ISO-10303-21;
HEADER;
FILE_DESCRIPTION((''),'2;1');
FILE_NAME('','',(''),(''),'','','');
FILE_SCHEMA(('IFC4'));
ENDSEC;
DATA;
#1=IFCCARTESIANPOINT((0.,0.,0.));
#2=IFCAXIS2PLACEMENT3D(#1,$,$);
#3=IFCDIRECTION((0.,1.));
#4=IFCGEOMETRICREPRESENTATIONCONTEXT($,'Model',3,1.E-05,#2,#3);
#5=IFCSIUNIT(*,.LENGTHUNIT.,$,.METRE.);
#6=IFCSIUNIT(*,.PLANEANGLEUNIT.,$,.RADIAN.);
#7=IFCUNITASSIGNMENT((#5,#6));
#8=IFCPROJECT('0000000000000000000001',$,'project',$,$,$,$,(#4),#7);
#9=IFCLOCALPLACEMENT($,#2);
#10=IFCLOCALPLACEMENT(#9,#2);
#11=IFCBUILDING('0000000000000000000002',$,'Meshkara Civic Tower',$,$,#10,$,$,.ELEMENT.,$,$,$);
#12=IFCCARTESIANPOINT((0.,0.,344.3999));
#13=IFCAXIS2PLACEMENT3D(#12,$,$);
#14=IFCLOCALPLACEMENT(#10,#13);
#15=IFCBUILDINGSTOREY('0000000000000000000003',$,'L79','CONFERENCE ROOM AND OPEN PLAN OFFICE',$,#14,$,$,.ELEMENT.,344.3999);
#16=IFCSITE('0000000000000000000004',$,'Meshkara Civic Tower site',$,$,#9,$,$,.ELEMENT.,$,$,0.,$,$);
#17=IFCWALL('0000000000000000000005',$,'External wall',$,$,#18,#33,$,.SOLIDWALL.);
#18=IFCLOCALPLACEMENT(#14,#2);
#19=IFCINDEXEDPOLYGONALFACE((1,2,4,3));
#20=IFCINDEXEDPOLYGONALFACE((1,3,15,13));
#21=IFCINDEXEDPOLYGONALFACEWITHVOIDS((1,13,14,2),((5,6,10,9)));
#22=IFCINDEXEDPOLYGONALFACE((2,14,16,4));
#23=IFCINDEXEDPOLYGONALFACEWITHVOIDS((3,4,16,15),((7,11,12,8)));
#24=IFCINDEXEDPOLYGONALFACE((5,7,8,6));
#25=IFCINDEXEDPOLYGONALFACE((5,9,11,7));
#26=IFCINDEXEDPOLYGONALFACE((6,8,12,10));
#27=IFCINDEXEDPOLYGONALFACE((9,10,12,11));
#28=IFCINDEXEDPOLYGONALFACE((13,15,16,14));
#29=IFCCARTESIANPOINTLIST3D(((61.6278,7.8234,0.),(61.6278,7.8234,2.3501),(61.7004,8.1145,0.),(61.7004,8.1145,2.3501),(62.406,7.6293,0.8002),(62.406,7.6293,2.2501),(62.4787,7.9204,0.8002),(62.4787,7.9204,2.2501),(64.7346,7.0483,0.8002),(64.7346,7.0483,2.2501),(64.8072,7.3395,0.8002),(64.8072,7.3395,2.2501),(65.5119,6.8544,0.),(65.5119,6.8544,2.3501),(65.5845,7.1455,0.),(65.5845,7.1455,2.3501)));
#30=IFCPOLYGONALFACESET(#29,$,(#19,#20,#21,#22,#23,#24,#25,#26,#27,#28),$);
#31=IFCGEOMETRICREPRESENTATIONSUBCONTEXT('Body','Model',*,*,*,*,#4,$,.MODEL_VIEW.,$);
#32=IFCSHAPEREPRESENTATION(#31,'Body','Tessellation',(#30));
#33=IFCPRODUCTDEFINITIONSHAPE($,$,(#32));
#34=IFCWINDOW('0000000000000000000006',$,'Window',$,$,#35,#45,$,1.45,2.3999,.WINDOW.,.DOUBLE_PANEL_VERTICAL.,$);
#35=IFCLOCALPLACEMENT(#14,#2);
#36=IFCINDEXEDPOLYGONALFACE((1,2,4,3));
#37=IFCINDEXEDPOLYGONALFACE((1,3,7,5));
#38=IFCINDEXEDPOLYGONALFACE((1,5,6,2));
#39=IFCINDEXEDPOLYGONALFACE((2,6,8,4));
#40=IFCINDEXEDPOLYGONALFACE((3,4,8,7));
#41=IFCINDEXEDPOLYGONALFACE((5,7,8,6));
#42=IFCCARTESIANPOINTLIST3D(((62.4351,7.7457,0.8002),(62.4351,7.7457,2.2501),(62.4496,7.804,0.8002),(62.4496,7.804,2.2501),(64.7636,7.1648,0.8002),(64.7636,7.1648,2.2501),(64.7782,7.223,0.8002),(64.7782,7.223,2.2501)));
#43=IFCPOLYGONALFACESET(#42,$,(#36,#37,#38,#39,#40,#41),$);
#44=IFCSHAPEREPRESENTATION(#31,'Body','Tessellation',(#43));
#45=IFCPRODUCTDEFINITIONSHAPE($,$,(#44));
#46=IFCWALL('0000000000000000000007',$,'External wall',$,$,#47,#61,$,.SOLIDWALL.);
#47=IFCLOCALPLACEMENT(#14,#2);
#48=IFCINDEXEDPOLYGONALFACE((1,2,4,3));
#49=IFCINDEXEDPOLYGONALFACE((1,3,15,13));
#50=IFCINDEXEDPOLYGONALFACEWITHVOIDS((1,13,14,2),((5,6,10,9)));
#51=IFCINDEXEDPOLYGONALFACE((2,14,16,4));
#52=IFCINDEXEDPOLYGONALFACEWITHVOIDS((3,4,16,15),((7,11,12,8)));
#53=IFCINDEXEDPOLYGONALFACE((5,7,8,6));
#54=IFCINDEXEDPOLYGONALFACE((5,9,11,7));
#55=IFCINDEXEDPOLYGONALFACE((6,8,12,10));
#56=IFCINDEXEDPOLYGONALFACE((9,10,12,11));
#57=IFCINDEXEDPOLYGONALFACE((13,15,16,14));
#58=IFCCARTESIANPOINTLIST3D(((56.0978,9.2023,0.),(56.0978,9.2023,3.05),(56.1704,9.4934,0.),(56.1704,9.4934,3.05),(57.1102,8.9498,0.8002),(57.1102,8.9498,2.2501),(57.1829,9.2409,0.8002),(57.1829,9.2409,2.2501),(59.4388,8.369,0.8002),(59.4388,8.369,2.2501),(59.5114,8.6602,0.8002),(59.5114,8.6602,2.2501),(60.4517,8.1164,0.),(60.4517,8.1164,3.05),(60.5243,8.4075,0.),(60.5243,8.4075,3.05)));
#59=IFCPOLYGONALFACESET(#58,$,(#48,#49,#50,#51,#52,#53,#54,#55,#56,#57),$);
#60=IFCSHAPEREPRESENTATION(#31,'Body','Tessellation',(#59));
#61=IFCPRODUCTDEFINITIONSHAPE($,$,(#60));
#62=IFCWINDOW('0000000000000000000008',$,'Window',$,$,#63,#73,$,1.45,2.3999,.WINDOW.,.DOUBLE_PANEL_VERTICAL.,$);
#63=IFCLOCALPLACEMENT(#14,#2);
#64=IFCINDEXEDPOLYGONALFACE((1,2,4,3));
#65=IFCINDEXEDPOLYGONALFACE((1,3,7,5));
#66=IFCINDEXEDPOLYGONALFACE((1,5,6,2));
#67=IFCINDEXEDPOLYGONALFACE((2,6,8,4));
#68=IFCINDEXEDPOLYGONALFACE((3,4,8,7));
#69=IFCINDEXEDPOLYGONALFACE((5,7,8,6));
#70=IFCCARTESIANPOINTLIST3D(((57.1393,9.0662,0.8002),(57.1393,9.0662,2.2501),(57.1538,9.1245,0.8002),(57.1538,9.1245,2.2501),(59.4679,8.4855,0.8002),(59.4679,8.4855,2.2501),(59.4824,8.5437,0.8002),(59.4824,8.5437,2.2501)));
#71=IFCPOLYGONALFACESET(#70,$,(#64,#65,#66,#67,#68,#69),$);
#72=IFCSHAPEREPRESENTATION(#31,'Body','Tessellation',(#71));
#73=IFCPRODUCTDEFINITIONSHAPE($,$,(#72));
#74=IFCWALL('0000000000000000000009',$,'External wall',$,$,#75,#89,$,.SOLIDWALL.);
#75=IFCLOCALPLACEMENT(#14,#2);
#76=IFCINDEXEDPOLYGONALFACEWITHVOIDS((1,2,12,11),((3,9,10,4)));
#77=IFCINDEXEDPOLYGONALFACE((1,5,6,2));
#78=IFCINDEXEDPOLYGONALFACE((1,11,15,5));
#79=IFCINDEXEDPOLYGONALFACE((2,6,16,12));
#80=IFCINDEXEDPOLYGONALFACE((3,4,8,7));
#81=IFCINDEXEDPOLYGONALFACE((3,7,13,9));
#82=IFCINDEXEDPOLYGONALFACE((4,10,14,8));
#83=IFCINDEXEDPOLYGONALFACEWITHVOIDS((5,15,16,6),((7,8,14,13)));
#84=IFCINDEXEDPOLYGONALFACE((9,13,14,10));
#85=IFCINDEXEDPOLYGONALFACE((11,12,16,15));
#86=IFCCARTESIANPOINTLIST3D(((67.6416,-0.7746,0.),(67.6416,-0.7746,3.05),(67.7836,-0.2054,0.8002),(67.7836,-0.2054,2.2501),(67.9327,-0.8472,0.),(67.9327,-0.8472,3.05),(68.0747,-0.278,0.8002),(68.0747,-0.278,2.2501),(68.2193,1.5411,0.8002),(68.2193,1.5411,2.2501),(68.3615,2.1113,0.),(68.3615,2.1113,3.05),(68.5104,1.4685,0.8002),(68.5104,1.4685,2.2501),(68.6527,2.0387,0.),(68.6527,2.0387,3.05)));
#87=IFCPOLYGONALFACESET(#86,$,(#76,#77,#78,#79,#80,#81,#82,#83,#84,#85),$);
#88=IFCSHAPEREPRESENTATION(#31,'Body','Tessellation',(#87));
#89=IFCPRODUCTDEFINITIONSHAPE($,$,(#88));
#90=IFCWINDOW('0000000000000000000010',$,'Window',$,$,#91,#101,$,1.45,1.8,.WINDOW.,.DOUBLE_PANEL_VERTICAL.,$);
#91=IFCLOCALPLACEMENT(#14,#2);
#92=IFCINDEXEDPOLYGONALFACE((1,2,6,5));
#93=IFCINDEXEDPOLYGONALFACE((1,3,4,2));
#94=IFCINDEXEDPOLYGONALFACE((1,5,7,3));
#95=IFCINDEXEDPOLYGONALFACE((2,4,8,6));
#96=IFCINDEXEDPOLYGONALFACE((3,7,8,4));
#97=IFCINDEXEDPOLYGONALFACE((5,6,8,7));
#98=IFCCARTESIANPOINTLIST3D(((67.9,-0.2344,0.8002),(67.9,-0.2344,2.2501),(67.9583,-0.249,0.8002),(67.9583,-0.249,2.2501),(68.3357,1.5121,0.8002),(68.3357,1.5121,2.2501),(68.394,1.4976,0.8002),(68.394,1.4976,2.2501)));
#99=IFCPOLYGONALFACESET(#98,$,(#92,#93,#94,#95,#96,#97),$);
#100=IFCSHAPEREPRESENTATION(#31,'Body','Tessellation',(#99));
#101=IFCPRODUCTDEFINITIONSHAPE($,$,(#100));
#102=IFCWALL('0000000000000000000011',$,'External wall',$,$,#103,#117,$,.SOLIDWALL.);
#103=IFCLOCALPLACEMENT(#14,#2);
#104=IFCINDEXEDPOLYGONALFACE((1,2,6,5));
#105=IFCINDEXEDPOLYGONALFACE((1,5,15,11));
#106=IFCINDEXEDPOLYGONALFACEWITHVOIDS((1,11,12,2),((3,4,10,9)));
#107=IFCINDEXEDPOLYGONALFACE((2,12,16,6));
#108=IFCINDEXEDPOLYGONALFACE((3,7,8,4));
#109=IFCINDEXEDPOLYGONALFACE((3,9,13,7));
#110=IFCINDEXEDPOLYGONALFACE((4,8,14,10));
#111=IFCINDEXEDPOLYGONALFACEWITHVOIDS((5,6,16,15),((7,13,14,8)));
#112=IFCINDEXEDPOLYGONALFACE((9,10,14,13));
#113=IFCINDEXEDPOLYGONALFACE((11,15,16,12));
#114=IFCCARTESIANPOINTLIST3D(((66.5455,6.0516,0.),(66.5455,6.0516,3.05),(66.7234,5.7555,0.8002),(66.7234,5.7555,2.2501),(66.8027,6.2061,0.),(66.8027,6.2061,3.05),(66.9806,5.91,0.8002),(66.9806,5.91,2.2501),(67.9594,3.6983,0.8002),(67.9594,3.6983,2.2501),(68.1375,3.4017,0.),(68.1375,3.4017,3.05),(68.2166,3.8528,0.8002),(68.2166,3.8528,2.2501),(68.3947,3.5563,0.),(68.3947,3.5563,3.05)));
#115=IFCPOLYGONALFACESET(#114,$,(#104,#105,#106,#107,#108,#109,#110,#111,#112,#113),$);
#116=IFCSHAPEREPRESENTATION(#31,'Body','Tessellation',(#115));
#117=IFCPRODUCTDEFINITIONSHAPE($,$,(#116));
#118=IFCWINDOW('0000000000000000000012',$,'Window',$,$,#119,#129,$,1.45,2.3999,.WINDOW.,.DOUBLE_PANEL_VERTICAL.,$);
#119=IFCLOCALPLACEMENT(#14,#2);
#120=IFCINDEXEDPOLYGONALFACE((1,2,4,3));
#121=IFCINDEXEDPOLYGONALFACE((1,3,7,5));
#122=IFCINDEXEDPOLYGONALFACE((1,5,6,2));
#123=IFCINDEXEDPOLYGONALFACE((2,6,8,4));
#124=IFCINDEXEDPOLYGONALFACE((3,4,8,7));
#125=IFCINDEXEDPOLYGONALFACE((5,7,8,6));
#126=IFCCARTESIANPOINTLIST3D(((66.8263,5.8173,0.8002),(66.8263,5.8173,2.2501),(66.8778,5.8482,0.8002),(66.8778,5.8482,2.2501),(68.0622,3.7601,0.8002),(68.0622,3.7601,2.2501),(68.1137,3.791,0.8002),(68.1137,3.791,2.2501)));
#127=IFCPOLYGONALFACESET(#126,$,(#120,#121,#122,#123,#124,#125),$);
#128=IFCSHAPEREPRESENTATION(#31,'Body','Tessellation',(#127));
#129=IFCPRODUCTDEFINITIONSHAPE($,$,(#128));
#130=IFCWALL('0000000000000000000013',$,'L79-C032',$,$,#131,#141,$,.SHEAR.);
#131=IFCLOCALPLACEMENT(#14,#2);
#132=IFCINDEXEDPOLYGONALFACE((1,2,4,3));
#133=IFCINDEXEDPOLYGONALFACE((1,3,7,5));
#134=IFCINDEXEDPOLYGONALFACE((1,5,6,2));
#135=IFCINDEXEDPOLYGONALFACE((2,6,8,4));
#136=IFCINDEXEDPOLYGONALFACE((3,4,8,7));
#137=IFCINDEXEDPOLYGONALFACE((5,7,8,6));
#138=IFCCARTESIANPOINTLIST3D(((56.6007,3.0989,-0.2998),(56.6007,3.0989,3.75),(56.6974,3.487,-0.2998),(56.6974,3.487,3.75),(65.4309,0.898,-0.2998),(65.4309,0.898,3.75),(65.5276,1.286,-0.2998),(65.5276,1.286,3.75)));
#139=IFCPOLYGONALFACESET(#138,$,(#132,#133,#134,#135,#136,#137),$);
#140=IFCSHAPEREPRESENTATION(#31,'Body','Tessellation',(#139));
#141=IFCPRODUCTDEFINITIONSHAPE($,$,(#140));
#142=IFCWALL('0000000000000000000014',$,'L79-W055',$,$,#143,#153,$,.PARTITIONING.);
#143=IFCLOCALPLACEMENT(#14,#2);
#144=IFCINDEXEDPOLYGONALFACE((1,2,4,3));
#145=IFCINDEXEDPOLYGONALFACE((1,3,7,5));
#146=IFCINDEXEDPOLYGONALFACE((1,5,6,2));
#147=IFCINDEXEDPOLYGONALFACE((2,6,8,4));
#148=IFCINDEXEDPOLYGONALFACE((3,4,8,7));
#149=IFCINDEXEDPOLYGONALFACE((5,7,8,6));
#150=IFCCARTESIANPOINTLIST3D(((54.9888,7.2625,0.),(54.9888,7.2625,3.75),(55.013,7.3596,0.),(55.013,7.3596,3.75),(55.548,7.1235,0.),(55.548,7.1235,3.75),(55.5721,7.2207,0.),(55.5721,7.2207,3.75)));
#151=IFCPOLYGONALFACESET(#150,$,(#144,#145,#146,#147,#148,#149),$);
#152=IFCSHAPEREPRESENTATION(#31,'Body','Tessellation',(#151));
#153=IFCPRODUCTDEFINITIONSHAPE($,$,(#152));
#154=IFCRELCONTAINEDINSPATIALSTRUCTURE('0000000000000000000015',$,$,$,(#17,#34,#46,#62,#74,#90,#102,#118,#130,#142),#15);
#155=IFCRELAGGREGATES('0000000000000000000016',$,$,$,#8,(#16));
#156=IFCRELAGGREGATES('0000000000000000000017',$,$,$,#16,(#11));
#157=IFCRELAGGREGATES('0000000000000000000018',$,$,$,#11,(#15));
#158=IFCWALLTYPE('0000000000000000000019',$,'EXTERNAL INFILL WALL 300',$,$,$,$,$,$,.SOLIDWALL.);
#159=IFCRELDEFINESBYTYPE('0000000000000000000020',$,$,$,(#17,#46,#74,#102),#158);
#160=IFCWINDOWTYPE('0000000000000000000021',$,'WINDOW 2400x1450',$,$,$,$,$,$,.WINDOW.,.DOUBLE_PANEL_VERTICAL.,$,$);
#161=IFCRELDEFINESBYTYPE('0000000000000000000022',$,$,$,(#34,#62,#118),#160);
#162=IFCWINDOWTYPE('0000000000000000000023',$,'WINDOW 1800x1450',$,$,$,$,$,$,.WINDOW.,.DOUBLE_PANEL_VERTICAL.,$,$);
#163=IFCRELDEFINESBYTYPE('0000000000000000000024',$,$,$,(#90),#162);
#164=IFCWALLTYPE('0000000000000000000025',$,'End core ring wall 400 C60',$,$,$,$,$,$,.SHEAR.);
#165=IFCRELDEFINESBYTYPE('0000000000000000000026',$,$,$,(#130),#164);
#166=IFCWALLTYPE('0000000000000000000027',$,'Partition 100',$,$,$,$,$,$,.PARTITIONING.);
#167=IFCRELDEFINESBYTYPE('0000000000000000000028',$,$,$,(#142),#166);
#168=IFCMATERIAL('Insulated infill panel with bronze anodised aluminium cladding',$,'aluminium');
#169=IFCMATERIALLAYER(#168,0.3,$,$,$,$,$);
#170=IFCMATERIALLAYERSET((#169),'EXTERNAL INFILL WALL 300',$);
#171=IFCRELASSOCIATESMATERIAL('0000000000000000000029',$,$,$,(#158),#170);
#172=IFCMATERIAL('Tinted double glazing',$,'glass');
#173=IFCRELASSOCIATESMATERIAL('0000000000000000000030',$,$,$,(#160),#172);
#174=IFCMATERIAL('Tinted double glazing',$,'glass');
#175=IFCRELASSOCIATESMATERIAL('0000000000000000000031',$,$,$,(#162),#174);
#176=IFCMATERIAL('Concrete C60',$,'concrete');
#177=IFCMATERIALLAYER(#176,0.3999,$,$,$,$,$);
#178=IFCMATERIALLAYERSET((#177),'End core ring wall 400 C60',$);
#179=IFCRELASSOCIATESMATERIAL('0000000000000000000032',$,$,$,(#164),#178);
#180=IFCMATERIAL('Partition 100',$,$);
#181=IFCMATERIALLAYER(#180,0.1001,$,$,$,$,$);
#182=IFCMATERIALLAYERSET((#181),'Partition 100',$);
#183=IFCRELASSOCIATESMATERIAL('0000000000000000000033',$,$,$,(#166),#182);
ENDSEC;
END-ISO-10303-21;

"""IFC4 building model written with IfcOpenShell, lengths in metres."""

from ifc_helpers import new_model, si_unit, direction, frame, frame_2d, origin, place, context, subcontext, project, spatial, rectangle, extrude, material, layer, layer_set, type_object, element, fill, save


model = new_model("IFC4")

# Units and contexts
model_context = context("Model", 3, precision=1e-05, world=origin(), true_north=direction((0.0, 1.0)))
body_context = subcontext(model_context, "Body", "Model", "MODEL_VIEW")
ifc_project = project(units=[si_unit("LENGTHUNIT", "METRE"), si_unit("PLANEANGLEUNIT", "RADIAN")], contexts=[model_context])

# Site, building, storey
site_placement = place(None, origin())
site = spatial("IfcSite", under=ifc_project, at=site_placement, Name="Meshkara Civic Tower site", CompositionType="ELEMENT", RefElevation=0.0)
building_placement = place(site_placement, origin())
building = spatial("IfcBuilding", under=site, at=building_placement, Name="Meshkara Civic Tower", CompositionType="ELEMENT")
storey_placement = place(building_placement, frame((0.0, 0.0, 344.3999)))
storey = spatial("IfcBuildingStorey", under=building, at=storey_placement, Name="L79", Description="CONFERENCE ROOM AND OPEN PLAN OFFICE", CompositionType="ELEMENT", Elevation=344.3999)

# Walls, openings, windows
ifc_material_1 = material(Name="Insulated infill panel with bronze anodised aluminium cladding", Category="aluminium")
ifc_layer_1 = layer(ifc_material_1, 0.3)
ifc_layer_set_1 = layer_set([ifc_layer_1], Name="EXTERNAL INFILL WALL 300")
wall_type_1 = type_object("IfcWallType", Name="EXTERNAL INFILL WALL 300", PredefinedType="SOLIDWALL", material=ifc_layer_set_1)
wall_1_placement = place(storey_placement, frame((65.5481, 7.0, 0.0), z_axis=(0.0, 0.0, 1.0), x_axis=(-0.970261, 0.242062, 0.0)))
wall_1 = element("IfcWall", 1, at=wall_1_placement, inside=storey, type_object=wall_type_1, Name="External wall", PredefinedType="SOLIDWALL", context=body_context, shape_type="SweptSolid", body=[
    extrude(rectangle(XDim=4.0032, YDim=0.3, at=frame_2d((2.0015, 0.0))), origin(), (0.0, 0.0, 1.0), 2.3501),
])
opening_1_placement = place(wall_1_placement, frame((0.801, 0.0, 0.8)))
opening_1 = element("IfcOpeningElement", 2, at=opening_1_placement, cuts=wall_1, PredefinedType="OPENING", context=body_context, shape_type="SweptSolid", body=[
    extrude(rectangle(XDim=2.3999, YDim=1.45, at=frame_2d((1.2, 0.7251))), frame((0.0, 0.1599, 0.0), z_axis=(0.0, -1.0, 0.0), x_axis=(1.0, 0.0, 0.0)), (0.0, 0.0, 1.0), 0.3201),
])
ifc_material_2 = material(Name="Tinted double glazing", Category="glass")
window_type_1 = type_object("IfcWindowType", Name="WINDOW 2400x1450", PartitioningType="DOUBLE_PANEL_VERTICAL", PredefinedType="WINDOW", material=ifc_material_2)
window_1_placement = place(opening_1_placement, origin())
window_1 = element("IfcWindow", 3, at=window_1_placement, inside=storey, type_object=window_type_1, Name="Window", OverallHeight=1.45, OverallWidth=2.3999, PartitioningType="DOUBLE_PANEL_VERTICAL", PredefinedType="WINDOW", context=body_context, shape_type="SweptSolid", body=[
    extrude(rectangle(XDim=2.3999, YDim=1.45, at=frame_2d((1.2, 0.7251))), frame((0.0, 0.03, 0.0), z_axis=(0.0, -1.0, 0.0), x_axis=(1.0, 0.0, 0.0)), (0.0, 0.0, 1.0), 0.0601),
])
fill(opening_1, window_1)
wall_2_placement = place(storey_placement, frame((60.488, 8.262, 0.0), z_axis=(0.0, 0.0, 1.0), x_axis=(-0.970277, 0.241998, 0.0)))
wall_2 = element("IfcWall", 4, at=wall_2_placement, inside=storey, type_object=wall_type_1, Name="External wall", PredefinedType="SOLIDWALL", context=body_context, shape_type="SweptSolid", body=[
    extrude(rectangle(XDim=4.4873, YDim=0.3, at=frame_2d((2.2437, 0.0))), origin(), (0.0, 0.0, 1.0), 3.05),
])
opening_2_placement = place(wall_2_placement, frame((1.0439, 0.0, 0.8)))
opening_2 = element("IfcOpeningElement", 5, at=opening_2_placement, cuts=wall_2, PredefinedType="OPENING", context=body_context, shape_type="SweptSolid", body=[
    extrude(rectangle(XDim=2.3999, YDim=1.45, at=frame_2d((1.2, 0.7251))), frame((0.0, 0.1599, 0.0), z_axis=(0.0, -1.0, 0.0), x_axis=(1.0, 0.0, 0.0)), (0.0, 0.0, 1.0), 0.3201),
])
window_2_placement = place(opening_2_placement, origin())
window_2 = element("IfcWindow", 6, at=window_2_placement, inside=storey, type_object=window_type_1, Name="Window", OverallHeight=1.45, OverallWidth=2.3999, PartitioningType="DOUBLE_PANEL_VERTICAL", PredefinedType="WINDOW", context=body_context, shape_type="SweptSolid", body=[
    extrude(rectangle(XDim=2.3999, YDim=1.45, at=frame_2d((1.2, 0.7251))), frame((0.0, 0.03, 0.0), z_axis=(0.0, -1.0, 0.0), x_axis=(1.0, 0.0, 0.0)), (0.0, 0.0, 1.0), 0.0601),
])
fill(opening_2, window_2)
wall_3_placement = place(storey_placement, frame((67.7871, -0.811, 0.0), z_axis=(0.0, 0.0, 1.0), x_axis=(0.242053, 0.970263, 0.0)))
wall_3 = element("IfcWall", 7, at=wall_3_placement, inside=storey, type_object=wall_type_1, Name="External wall", PredefinedType="SOLIDWALL", context=body_context, shape_type="SweptSolid", body=[
    extrude(rectangle(XDim=2.9744, YDim=0.3, at=frame_2d((1.4873, 0.0))), origin(), (0.0, 0.0, 1.0), 3.05),
])
opening_3_placement = place(wall_3_placement, frame((0.5869, 0.0, 0.8)))
opening_3 = element("IfcOpeningElement", 8, at=opening_3_placement, cuts=wall_3, PredefinedType="OPENING", context=body_context, shape_type="SweptSolid", body=[
    extrude(rectangle(XDim=1.8, YDim=1.45, at=frame_2d((0.8999, 0.7251))), frame((0.0, 0.1599, 0.0), z_axis=(0.0, -1.0, 0.0), x_axis=(1.0, 0.0, 0.0)), (0.0, 0.0, 1.0), 0.3201),
])
ifc_material_3 = material(Name="Tinted double glazing", Category="glass")
window_type_2 = type_object("IfcWindowType", Name="WINDOW 1800x1450", PartitioningType="DOUBLE_PANEL_VERTICAL", PredefinedType="WINDOW", material=ifc_material_3)
window_3_placement = place(opening_3_placement, origin())
window_3 = element("IfcWindow", 9, at=window_3_placement, inside=storey, type_object=window_type_2, Name="Window", OverallHeight=1.45, OverallWidth=1.8, PartitioningType="DOUBLE_PANEL_VERTICAL", PredefinedType="WINDOW", context=body_context, shape_type="SweptSolid", body=[
    extrude(rectangle(XDim=1.8, YDim=1.45, at=frame_2d((0.8999, 0.7251))), frame((0.0, 0.03, 0.0), z_axis=(0.0, -1.0, 0.0), x_axis=(1.0, 0.0, 0.0)), (0.0, 0.0, 1.0), 0.0601),
])
fill(opening_3, window_3)
wall_4_placement = place(storey_placement, frame((68.2661, 3.479, 0.0), z_axis=(0.0, 0.0, 1.0), x_axis=(-0.514995, 0.857193, 0.0)))
wall_4 = element("IfcWall", 10, at=wall_4_placement, inside=storey, type_object=wall_type_1, Name="External wall", PredefinedType="SOLIDWALL", context=body_context, shape_type="SweptSolid", body=[
    extrude(rectangle(XDim=3.0913, YDim=0.3, at=frame_2d((1.5457, 0.0))), origin(), (0.0, 0.0, 1.0), 3.05),
])
opening_4_placement = place(wall_4_placement, frame((0.3459, 0.0, 0.8)))
opening_4 = element("IfcOpeningElement", 11, at=opening_4_placement, cuts=wall_4, PredefinedType="OPENING", context=body_context, shape_type="SweptSolid", body=[
    extrude(rectangle(XDim=2.3999, YDim=1.45, at=frame_2d((1.2, 0.7251))), frame((0.0, 0.1599, 0.0), z_axis=(0.0, -1.0, 0.0), x_axis=(1.0, 0.0, 0.0)), (0.0, 0.0, 1.0), 0.3201),
])
window_4_placement = place(opening_4_placement, origin())
window_4 = element("IfcWindow", 12, at=window_4_placement, inside=storey, type_object=window_type_1, Name="Window", OverallHeight=1.45, OverallWidth=2.3999, PartitioningType="DOUBLE_PANEL_VERTICAL", PredefinedType="WINDOW", context=body_context, shape_type="SweptSolid", body=[
    extrude(rectangle(XDim=2.3999, YDim=1.45, at=frame_2d((1.2, 0.7251))), frame((0.0, 0.03, 0.0), z_axis=(0.0, -1.0, 0.0), x_axis=(1.0, 0.0, 0.0)), (0.0, 0.0, 1.0), 0.0601),
])
fill(opening_4, window_4)

# Walls
ifc_material_4 = material(Name="Concrete C60", Category="concrete")
ifc_layer_2 = layer(ifc_material_4, 0.3999)
ifc_layer_set_2 = layer_set([ifc_layer_2], Name="End core ring wall 400 C60")
wall_type_2 = type_object("IfcWallType", Name="End core ring wall 400 C60", PredefinedType="SHEAR", material=ifc_layer_set_2)
wall_5_placement = place(storey_placement, frame((56.6489, 3.293, -0.2998), z_axis=(0.0, 0.0, 1.0), x_axis=(0.970313, -0.241854, 0.0)))
element("IfcWall", 13, at=wall_5_placement, inside=storey, type_object=wall_type_2, Name="L79-C032", PredefinedType="SHEAR", context=body_context, shape_type="SweptSolid", body=[
    extrude(rectangle(XDim=9.1003, YDim=0.3999, at=frame_2d((4.5503, 0.0))), origin(), (0.0, 0.0, 1.0), 4.0498),
])
ifc_material_5 = material(Name="Partition 100")
ifc_layer_3 = layer(ifc_material_5, 0.1001)
ifc_layer_set_3 = layer_set([ifc_layer_3], Name="Partition 100")
wall_type_3 = type_object("IfcWallType", Name="Partition 100", PredefinedType="PARTITIONING", material=ifc_layer_set_3)
wall_6_placement = place(storey_placement, frame((55.5601, 7.1721, 0.0), z_axis=(0.0, 0.0, 1.0), x_axis=(-0.970491, 0.241139, 0.0)))
element("IfcWall", 14, at=wall_6_placement, inside=storey, type_object=wall_type_3, Name="L79-W055", PredefinedType="PARTITIONING", context=body_context, shape_type="SweptSolid", body=[
    extrude(rectangle(XDim=0.5762, YDim=0.1001, at=frame_2d((0.2881, 0.0))), origin(), (0.0, 0.0, 1.0), 3.75),
])

save(model, "model.ifc")
